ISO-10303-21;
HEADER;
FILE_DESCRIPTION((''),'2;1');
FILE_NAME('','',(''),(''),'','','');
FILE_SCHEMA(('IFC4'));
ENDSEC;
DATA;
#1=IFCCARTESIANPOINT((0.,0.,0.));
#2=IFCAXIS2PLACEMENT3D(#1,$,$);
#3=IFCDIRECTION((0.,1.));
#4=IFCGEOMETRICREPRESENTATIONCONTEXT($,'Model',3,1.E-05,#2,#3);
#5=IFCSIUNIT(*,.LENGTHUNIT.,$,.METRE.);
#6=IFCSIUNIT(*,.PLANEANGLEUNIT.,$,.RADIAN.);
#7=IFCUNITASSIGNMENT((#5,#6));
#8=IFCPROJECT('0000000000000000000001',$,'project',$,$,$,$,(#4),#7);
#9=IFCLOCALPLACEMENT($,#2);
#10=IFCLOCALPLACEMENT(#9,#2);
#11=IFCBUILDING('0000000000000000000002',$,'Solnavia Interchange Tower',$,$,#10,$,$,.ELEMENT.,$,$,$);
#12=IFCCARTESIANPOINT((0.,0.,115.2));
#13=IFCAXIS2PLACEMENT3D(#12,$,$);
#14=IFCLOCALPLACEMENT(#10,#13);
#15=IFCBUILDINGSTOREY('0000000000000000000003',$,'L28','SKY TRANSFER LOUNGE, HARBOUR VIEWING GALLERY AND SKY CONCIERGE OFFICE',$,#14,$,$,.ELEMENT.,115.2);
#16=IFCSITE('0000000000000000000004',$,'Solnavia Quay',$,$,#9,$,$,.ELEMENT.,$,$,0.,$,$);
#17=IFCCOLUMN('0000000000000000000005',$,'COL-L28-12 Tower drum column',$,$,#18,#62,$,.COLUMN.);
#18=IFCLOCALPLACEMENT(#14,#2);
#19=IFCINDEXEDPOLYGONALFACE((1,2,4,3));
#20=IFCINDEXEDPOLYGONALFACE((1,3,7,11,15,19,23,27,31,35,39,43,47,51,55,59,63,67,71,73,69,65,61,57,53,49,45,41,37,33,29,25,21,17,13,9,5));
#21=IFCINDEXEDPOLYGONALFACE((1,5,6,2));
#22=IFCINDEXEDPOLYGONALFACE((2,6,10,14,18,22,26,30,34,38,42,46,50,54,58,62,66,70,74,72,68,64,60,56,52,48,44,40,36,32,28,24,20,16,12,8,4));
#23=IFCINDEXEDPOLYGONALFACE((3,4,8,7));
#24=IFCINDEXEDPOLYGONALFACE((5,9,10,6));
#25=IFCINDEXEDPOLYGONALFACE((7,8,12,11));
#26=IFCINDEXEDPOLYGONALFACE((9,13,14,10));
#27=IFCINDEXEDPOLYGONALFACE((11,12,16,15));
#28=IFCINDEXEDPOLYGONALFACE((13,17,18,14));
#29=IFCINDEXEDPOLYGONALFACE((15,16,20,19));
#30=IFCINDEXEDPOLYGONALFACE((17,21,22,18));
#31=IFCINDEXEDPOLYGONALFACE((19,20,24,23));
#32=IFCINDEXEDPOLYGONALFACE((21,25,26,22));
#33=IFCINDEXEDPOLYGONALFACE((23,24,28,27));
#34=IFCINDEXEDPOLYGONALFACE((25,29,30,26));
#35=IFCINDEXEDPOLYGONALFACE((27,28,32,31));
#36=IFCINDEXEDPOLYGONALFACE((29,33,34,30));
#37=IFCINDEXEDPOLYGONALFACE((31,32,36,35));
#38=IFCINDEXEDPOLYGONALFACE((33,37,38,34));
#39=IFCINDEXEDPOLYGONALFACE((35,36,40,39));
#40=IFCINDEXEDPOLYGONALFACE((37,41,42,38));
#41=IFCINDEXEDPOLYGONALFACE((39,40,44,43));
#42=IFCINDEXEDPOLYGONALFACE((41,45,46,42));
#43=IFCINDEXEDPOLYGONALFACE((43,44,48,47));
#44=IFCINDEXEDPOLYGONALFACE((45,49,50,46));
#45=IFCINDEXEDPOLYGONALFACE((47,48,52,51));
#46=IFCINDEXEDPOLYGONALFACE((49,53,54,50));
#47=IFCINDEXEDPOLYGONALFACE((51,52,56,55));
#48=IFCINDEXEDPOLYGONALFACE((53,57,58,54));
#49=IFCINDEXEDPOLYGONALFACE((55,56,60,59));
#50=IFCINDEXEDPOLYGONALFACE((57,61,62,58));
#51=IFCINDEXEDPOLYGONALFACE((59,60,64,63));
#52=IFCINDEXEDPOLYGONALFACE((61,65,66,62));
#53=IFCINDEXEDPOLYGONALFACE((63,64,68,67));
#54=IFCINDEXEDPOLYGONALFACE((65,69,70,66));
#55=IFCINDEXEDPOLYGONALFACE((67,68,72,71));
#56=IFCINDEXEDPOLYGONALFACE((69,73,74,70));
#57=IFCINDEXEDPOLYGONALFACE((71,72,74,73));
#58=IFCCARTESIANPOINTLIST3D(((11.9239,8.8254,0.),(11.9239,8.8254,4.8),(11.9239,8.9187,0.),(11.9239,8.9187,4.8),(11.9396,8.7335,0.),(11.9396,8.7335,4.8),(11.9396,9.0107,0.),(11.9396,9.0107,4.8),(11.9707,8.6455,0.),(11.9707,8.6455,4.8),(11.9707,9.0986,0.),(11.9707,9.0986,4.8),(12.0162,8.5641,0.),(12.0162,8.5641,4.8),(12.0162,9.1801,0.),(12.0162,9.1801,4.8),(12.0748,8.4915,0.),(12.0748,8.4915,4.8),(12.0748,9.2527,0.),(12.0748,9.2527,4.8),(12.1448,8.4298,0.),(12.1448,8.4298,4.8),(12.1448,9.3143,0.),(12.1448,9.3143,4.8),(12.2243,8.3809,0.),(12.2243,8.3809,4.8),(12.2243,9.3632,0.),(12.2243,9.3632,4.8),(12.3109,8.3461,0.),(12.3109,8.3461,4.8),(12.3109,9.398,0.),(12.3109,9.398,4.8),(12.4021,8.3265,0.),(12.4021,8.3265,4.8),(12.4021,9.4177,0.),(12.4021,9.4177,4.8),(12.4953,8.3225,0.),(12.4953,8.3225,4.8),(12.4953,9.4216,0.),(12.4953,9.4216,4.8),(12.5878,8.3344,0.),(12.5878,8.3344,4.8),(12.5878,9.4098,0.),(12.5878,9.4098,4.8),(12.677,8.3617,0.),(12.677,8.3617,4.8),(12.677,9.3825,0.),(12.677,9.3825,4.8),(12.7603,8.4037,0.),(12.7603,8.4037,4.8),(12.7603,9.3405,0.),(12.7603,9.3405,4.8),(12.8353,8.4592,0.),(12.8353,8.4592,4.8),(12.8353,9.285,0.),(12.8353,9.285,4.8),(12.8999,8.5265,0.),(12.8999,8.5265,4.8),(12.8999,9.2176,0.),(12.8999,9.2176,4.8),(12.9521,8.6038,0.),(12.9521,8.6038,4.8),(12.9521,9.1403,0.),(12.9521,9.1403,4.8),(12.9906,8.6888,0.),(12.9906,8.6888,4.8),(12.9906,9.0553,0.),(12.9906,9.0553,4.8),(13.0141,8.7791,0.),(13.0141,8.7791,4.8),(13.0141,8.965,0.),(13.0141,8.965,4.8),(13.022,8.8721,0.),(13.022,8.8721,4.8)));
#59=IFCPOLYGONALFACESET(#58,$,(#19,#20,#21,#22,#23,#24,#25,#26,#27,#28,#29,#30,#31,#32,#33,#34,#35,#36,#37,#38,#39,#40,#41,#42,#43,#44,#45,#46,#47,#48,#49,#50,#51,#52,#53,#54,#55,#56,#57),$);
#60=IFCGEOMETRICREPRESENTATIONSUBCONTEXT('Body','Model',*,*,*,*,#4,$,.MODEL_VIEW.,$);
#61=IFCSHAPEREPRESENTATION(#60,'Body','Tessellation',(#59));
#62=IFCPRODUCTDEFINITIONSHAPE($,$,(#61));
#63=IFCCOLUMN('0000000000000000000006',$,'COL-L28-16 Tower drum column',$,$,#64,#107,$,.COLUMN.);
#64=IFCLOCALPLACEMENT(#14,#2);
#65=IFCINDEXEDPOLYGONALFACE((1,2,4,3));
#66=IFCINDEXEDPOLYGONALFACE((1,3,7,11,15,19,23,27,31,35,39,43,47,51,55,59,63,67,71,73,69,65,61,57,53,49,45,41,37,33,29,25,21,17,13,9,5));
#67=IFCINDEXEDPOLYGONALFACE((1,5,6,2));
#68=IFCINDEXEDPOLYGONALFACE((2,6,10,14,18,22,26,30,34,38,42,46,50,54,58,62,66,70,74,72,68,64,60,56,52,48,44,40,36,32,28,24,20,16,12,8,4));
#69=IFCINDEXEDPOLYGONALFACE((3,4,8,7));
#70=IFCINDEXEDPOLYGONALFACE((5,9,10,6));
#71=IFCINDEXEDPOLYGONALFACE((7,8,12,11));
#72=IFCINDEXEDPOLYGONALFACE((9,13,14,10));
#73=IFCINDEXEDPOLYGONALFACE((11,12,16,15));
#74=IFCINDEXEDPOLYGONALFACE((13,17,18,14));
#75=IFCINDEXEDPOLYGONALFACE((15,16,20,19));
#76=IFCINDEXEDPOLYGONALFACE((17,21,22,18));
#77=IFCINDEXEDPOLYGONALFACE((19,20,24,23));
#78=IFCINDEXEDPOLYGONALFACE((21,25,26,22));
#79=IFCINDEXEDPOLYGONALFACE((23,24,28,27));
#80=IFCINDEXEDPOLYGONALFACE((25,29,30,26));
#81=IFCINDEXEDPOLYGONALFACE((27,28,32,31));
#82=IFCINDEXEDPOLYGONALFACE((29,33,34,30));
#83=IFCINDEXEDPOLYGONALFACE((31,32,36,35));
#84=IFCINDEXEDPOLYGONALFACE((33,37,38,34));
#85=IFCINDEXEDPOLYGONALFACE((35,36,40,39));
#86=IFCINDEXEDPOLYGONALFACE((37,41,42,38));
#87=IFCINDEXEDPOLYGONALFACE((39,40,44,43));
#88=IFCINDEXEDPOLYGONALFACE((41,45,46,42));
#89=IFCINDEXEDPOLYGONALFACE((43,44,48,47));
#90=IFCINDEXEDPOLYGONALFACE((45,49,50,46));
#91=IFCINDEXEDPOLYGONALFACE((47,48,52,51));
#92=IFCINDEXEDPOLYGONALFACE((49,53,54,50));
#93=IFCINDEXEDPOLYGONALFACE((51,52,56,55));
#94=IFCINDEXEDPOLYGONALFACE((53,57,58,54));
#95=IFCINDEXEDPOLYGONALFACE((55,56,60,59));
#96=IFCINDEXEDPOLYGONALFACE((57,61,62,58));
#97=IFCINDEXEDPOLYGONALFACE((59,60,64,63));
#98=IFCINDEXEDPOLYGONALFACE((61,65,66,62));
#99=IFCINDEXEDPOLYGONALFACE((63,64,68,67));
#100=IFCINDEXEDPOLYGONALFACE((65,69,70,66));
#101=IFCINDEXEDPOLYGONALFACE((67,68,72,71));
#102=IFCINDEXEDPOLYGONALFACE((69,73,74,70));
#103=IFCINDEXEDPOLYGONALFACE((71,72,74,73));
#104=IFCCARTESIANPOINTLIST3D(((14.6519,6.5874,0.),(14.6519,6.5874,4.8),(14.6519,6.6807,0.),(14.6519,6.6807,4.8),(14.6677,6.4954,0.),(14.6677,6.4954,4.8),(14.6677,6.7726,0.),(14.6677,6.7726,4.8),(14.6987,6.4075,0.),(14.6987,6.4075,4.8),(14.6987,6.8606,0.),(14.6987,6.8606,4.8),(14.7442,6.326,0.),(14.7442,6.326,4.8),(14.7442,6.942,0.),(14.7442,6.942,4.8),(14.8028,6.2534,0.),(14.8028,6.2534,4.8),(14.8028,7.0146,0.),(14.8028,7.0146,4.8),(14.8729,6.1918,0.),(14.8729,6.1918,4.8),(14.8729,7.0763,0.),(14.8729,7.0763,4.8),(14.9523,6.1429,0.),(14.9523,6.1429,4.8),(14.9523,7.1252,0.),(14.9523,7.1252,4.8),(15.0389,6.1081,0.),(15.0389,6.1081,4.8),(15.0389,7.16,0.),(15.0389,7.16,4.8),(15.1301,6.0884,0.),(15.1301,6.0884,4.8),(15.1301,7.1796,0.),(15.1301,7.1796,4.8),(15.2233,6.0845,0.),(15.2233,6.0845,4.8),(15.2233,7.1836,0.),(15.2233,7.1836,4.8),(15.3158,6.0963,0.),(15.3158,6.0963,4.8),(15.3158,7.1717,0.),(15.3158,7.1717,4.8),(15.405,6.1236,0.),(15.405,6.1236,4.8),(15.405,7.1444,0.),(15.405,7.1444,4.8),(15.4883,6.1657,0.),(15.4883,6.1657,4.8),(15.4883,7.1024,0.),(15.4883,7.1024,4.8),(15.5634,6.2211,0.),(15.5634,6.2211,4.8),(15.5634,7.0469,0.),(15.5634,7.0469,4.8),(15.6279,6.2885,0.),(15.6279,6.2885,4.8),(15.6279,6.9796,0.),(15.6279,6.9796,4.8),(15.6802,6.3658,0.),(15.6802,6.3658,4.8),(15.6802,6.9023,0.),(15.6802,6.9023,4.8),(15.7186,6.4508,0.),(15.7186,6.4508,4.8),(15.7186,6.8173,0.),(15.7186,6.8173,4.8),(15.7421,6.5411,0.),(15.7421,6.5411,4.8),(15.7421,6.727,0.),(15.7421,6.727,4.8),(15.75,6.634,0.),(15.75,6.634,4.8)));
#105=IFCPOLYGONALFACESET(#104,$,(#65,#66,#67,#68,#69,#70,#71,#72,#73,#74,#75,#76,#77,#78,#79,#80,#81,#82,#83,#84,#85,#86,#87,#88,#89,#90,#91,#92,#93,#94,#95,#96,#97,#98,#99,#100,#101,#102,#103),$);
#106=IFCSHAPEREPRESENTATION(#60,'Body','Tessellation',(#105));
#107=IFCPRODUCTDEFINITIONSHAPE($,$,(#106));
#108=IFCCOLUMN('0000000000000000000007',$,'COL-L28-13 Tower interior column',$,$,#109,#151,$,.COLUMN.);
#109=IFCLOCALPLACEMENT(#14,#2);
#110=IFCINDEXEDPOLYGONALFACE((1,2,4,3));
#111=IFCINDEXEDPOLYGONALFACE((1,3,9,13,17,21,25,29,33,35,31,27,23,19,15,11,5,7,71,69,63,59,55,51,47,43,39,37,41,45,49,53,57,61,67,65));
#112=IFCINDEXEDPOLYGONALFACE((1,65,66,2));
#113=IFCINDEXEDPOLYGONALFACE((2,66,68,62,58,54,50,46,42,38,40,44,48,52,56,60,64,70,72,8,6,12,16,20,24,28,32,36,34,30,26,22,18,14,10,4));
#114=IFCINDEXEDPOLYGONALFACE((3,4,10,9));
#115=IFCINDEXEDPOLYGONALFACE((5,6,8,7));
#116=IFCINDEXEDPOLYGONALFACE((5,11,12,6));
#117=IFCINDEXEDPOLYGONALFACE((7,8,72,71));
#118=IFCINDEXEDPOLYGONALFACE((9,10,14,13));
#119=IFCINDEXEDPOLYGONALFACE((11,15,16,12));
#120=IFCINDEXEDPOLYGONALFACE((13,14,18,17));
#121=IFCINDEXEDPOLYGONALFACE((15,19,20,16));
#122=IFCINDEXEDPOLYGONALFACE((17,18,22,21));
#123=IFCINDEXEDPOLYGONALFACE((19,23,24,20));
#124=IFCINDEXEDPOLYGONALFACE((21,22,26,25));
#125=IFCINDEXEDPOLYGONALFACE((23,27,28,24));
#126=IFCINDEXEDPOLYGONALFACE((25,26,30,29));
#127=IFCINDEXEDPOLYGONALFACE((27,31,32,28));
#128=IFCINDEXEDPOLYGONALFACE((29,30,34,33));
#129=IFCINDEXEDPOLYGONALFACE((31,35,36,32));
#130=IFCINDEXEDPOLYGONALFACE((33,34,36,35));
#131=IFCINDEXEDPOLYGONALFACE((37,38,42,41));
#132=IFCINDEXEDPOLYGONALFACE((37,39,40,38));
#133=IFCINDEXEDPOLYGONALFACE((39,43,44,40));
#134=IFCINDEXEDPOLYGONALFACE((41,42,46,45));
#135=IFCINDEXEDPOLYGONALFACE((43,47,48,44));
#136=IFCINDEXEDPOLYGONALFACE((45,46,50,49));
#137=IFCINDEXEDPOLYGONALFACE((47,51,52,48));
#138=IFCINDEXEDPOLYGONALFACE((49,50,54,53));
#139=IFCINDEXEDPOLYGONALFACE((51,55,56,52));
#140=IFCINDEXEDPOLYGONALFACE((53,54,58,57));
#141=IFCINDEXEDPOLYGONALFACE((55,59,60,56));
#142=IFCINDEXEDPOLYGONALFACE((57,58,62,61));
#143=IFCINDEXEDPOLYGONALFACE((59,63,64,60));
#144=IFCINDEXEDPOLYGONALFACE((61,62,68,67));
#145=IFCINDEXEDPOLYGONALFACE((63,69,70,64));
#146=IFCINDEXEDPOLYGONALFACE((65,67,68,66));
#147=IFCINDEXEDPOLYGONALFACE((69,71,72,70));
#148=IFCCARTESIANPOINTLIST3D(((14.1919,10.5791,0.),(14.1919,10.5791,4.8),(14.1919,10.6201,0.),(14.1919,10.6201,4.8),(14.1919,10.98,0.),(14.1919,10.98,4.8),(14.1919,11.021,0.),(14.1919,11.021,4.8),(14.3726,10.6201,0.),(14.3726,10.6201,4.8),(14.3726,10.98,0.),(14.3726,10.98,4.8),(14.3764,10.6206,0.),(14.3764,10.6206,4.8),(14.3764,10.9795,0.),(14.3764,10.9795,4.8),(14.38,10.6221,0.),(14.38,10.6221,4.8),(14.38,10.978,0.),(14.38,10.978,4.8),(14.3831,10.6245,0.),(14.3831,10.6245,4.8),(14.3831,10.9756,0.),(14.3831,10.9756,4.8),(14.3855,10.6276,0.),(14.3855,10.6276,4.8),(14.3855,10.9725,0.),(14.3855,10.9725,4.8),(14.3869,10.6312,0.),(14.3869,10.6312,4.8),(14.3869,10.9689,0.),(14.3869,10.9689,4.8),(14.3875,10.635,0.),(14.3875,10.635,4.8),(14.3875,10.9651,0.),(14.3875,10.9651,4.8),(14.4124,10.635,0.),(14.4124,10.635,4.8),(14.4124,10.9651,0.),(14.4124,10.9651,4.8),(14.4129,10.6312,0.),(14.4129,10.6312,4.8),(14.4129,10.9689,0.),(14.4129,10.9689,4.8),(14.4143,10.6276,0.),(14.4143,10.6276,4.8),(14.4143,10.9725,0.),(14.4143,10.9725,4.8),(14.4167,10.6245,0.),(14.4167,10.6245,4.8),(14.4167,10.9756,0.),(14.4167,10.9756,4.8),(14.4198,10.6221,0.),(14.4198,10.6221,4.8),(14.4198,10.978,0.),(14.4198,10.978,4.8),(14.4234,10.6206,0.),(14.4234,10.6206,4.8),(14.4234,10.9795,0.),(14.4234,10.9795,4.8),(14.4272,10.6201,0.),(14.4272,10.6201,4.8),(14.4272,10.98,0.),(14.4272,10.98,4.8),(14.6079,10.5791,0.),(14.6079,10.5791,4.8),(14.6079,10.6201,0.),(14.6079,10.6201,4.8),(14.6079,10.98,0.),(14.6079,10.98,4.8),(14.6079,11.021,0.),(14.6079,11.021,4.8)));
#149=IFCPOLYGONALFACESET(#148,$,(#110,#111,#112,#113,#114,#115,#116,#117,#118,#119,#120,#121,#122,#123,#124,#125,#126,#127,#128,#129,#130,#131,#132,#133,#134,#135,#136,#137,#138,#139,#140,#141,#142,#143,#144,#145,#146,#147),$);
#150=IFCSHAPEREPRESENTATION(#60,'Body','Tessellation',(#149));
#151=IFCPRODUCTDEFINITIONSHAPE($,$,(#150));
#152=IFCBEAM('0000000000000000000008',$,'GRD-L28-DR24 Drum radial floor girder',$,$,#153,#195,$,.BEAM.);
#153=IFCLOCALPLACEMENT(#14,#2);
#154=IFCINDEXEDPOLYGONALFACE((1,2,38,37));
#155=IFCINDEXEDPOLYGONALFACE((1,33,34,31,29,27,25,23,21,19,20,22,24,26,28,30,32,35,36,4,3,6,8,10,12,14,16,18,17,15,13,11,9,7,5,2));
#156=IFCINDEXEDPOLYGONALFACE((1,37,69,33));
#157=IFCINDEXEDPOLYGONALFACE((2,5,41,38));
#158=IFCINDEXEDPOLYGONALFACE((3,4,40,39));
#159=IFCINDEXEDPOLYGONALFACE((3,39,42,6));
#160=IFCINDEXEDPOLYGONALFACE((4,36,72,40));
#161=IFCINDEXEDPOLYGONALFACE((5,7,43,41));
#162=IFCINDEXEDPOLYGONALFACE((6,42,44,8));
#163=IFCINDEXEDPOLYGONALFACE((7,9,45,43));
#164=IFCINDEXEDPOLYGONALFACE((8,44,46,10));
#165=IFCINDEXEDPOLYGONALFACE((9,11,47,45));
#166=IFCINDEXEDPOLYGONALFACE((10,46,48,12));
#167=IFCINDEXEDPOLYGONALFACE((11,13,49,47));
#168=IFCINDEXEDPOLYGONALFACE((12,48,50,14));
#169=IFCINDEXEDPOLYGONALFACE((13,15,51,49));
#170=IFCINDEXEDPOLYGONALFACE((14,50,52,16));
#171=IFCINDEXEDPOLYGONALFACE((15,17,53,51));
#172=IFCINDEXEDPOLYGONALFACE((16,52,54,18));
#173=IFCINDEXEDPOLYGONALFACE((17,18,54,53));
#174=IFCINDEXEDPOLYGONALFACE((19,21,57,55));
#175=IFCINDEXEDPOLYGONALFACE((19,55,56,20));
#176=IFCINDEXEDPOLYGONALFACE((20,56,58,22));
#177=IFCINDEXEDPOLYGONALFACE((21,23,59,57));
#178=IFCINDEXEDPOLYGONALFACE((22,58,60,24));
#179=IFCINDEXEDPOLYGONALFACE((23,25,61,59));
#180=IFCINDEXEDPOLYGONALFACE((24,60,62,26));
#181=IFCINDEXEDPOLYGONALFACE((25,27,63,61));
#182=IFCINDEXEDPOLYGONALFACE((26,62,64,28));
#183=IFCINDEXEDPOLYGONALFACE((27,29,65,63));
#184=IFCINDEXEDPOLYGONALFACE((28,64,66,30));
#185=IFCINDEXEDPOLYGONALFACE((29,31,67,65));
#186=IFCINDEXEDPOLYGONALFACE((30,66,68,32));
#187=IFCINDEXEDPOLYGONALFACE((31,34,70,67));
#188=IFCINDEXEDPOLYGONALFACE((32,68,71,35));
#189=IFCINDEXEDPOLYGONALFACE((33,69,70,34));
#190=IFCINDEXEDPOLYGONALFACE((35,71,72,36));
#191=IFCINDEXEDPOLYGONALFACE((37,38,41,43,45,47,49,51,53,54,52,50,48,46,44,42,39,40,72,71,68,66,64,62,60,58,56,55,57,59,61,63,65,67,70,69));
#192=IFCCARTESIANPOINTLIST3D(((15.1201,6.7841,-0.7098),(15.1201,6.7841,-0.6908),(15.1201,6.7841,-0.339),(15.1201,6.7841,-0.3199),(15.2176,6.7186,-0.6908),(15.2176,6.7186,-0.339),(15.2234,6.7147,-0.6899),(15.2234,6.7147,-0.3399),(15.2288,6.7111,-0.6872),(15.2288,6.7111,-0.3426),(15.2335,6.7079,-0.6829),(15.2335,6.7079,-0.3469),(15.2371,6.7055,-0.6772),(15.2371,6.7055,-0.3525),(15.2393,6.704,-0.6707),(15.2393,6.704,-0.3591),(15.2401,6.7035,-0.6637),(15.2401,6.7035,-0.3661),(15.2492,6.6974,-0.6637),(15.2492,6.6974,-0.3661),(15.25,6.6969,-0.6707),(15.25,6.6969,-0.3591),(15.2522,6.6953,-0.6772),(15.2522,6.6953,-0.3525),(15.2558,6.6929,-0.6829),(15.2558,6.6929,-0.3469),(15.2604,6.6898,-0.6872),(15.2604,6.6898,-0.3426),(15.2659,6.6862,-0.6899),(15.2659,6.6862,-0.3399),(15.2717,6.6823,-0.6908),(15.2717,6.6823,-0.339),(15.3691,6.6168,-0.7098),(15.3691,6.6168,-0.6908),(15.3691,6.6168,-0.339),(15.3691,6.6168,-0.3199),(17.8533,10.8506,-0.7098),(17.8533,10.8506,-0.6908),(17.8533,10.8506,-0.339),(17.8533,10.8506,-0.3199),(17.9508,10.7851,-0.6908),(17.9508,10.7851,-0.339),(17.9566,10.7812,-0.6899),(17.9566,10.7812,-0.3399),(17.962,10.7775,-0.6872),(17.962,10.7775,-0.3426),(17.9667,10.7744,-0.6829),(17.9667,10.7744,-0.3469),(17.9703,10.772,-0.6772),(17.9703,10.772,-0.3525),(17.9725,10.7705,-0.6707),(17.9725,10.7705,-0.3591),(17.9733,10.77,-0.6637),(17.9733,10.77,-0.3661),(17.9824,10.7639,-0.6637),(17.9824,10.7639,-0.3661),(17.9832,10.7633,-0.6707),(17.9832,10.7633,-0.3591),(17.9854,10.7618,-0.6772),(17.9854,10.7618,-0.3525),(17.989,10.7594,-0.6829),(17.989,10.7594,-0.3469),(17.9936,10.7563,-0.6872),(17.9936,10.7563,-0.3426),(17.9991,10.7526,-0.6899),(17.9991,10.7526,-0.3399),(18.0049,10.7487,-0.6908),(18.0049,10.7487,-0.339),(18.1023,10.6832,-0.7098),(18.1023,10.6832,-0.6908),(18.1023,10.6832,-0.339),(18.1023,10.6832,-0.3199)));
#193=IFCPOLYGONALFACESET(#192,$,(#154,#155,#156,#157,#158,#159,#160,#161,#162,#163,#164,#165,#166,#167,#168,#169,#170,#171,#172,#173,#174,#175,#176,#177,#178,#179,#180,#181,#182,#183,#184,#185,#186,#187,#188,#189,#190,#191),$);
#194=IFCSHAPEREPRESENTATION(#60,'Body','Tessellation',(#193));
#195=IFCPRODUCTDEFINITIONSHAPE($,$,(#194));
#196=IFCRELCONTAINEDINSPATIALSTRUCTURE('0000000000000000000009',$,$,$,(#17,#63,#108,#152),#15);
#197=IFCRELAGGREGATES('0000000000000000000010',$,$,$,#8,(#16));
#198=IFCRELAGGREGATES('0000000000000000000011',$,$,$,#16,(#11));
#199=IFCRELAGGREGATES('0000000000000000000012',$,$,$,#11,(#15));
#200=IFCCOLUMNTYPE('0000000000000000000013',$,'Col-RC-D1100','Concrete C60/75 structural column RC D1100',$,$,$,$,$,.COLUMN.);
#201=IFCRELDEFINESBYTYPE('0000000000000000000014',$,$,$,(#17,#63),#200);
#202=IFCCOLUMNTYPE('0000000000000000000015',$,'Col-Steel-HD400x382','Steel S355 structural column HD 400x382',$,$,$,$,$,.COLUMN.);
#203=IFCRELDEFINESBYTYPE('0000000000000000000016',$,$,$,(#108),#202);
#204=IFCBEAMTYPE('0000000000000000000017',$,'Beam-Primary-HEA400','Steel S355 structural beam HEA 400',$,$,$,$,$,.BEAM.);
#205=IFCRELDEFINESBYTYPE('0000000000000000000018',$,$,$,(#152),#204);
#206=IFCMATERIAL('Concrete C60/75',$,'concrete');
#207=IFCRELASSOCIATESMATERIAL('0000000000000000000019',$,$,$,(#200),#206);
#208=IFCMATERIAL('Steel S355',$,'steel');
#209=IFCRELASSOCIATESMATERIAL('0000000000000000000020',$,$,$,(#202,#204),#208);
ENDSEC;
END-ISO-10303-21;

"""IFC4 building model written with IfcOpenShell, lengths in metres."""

from ifc_helpers import new_model, si_unit, direction, frame, origin, origin_2d, place, context, subcontext, project, spatial, circle, i_section, extrude, material, material_profile, profile_set, type_object, element, save


model = new_model("IFC4")

# Units and contexts
model_context = context("Model", 3, precision=1e-05, world=origin(), true_north=direction((0.0, 1.0)))
body_context = subcontext(model_context, "Body", "Model", "MODEL_VIEW")
ifc_project = project(units=[si_unit("LENGTHUNIT", "METRE"), si_unit("PLANEANGLEUNIT", "RADIAN")], contexts=[model_context])

# Site, building, storey
site_placement = place(None, origin())
site = spatial("IfcSite", under=ifc_project, at=site_placement, Name="Solnavia Quay", CompositionType="ELEMENT", RefElevation=0.0)
building_placement = place(site_placement, origin())
building = spatial("IfcBuilding", under=site, at=building_placement, Name="Solnavia Interchange Tower", CompositionType="ELEMENT")
storey_placement = place(building_placement, frame((0.0, 0.0, 115.2)))
storey = spatial("IfcBuildingStorey", under=building, at=storey_placement, Name="L28", Description="SKY TRANSFER LOUNGE, HARBOUR VIEWING GALLERY AND SKY CONCIERGE OFFICE", CompositionType="ELEMENT", Elevation=115.2)

# Columns
ifc_material_1 = material(Name="Concrete C60/75", Category="concrete")
ifc_material_profile_1 = material_profile(ifc_material_1, circle(Radius=0.55, at=origin_2d()), Name="RC D1100")
ifc_profile_set_1 = profile_set([ifc_material_profile_1], Name="Concrete C60/75")
column_type_1 = type_object("IfcColumnType", Name="Col-RC-D1100", Description="Concrete C60/75 structural column RC D1100", PredefinedType="COLUMN", material=ifc_profile_set_1)
for number, where, z_axis, x_axis, name in (
    (1, (12.4719, 8.8721, 0.0), (0.0, 0.0, 1.0), (1.0, 0.0, 0.0), "COL-L28-12 Tower drum column"),
    (2, (15.2, 6.634, 0.0), (0.0, 0.0, 1.0), (1.0, 0.0, 0.0), "COL-L28-16 Tower drum column"),
):
    element("IfcColumn", number, at=place(storey_placement, frame(where, z_axis=z_axis, x_axis=x_axis)), inside=storey, type_object=column_type_1, Name=name, PredefinedType="COLUMN", context=body_context, shape_type="SweptSolid", body=[
        extrude(circle(Radius=0.55, at=origin_2d()), origin(), (0.0, 0.0, 1.0), 4.8),
    ])
ifc_material_2 = material(Name="Steel S355", Category="steel")
ifc_material_profile_2 = material_profile(ifc_material_2, i_section(OverallWidth=0.416, OverallDepth=0.4419, WebThickness=0.0249, FlangeThickness=0.041, FilletRadius=0.0149, at=origin_2d()), Name="HD 400x382")
ifc_profile_set_2 = profile_set([ifc_material_profile_2], Name="Steel S355")
column_type_2 = type_object("IfcColumnType", Name="Col-Steel-HD400x382", Description="Steel S355 structural column HD 400x382", PredefinedType="COLUMN", material=ifc_profile_set_2)
column_placement = place(storey_placement, frame((14.3999, 10.8, 0.0), z_axis=(0.0, 0.0, 1.0), x_axis=(1.0, 0.0, 0.0)))
element("IfcColumn", 3, at=column_placement, inside=storey, type_object=column_type_2, Name="COL-L28-13 Tower interior column", PredefinedType="COLUMN", context=body_context, shape_type="SweptSolid", body=[
    extrude(i_section(OverallWidth=0.416, OverallDepth=0.4419, WebThickness=0.0249, FlangeThickness=0.041, FilletRadius=0.0149, at=origin_2d()), origin(), (0.0, 0.0, 1.0), 4.8),
])

# Beam
ifc_material_profile_3 = material_profile(ifc_material_2, i_section(OverallWidth=0.3, OverallDepth=0.3899, WebThickness=0.011, FlangeThickness=0.019, FilletRadius=0.0271, at=origin_2d()), Name="HEA 400")
ifc_profile_set_3 = profile_set([ifc_material_profile_3], Name="Steel S355")
beam_type_1 = type_object("IfcBeamType", Name="Beam-Primary-HEA400", Description="Steel S355 structural beam HEA 400", PredefinedType="BEAM", material=ifc_profile_set_3)
beam_1_placement = place(storey_placement, frame((15.2446, 6.7004, -0.5149), z_axis=(0.557835, 0.829952, 0.0), x_axis=(-0.829952, 0.557835, 0.0)))
element("IfcBeam", 4, at=beam_1_placement, inside=storey, type_object=beam_type_1, Name="GRD-L28-DR24 Drum radial floor girder", PredefinedType="BEAM", context=body_context, shape_type="SweptSolid", body=[
    extrude(i_section(OverallWidth=0.3, OverallDepth=0.3899, WebThickness=0.011, FlangeThickness=0.019, FilletRadius=0.0271, at=origin_2d()), origin(), (0.0, 0.0, 1.0), 4.8997),
])

save(model, "model.ifc")
